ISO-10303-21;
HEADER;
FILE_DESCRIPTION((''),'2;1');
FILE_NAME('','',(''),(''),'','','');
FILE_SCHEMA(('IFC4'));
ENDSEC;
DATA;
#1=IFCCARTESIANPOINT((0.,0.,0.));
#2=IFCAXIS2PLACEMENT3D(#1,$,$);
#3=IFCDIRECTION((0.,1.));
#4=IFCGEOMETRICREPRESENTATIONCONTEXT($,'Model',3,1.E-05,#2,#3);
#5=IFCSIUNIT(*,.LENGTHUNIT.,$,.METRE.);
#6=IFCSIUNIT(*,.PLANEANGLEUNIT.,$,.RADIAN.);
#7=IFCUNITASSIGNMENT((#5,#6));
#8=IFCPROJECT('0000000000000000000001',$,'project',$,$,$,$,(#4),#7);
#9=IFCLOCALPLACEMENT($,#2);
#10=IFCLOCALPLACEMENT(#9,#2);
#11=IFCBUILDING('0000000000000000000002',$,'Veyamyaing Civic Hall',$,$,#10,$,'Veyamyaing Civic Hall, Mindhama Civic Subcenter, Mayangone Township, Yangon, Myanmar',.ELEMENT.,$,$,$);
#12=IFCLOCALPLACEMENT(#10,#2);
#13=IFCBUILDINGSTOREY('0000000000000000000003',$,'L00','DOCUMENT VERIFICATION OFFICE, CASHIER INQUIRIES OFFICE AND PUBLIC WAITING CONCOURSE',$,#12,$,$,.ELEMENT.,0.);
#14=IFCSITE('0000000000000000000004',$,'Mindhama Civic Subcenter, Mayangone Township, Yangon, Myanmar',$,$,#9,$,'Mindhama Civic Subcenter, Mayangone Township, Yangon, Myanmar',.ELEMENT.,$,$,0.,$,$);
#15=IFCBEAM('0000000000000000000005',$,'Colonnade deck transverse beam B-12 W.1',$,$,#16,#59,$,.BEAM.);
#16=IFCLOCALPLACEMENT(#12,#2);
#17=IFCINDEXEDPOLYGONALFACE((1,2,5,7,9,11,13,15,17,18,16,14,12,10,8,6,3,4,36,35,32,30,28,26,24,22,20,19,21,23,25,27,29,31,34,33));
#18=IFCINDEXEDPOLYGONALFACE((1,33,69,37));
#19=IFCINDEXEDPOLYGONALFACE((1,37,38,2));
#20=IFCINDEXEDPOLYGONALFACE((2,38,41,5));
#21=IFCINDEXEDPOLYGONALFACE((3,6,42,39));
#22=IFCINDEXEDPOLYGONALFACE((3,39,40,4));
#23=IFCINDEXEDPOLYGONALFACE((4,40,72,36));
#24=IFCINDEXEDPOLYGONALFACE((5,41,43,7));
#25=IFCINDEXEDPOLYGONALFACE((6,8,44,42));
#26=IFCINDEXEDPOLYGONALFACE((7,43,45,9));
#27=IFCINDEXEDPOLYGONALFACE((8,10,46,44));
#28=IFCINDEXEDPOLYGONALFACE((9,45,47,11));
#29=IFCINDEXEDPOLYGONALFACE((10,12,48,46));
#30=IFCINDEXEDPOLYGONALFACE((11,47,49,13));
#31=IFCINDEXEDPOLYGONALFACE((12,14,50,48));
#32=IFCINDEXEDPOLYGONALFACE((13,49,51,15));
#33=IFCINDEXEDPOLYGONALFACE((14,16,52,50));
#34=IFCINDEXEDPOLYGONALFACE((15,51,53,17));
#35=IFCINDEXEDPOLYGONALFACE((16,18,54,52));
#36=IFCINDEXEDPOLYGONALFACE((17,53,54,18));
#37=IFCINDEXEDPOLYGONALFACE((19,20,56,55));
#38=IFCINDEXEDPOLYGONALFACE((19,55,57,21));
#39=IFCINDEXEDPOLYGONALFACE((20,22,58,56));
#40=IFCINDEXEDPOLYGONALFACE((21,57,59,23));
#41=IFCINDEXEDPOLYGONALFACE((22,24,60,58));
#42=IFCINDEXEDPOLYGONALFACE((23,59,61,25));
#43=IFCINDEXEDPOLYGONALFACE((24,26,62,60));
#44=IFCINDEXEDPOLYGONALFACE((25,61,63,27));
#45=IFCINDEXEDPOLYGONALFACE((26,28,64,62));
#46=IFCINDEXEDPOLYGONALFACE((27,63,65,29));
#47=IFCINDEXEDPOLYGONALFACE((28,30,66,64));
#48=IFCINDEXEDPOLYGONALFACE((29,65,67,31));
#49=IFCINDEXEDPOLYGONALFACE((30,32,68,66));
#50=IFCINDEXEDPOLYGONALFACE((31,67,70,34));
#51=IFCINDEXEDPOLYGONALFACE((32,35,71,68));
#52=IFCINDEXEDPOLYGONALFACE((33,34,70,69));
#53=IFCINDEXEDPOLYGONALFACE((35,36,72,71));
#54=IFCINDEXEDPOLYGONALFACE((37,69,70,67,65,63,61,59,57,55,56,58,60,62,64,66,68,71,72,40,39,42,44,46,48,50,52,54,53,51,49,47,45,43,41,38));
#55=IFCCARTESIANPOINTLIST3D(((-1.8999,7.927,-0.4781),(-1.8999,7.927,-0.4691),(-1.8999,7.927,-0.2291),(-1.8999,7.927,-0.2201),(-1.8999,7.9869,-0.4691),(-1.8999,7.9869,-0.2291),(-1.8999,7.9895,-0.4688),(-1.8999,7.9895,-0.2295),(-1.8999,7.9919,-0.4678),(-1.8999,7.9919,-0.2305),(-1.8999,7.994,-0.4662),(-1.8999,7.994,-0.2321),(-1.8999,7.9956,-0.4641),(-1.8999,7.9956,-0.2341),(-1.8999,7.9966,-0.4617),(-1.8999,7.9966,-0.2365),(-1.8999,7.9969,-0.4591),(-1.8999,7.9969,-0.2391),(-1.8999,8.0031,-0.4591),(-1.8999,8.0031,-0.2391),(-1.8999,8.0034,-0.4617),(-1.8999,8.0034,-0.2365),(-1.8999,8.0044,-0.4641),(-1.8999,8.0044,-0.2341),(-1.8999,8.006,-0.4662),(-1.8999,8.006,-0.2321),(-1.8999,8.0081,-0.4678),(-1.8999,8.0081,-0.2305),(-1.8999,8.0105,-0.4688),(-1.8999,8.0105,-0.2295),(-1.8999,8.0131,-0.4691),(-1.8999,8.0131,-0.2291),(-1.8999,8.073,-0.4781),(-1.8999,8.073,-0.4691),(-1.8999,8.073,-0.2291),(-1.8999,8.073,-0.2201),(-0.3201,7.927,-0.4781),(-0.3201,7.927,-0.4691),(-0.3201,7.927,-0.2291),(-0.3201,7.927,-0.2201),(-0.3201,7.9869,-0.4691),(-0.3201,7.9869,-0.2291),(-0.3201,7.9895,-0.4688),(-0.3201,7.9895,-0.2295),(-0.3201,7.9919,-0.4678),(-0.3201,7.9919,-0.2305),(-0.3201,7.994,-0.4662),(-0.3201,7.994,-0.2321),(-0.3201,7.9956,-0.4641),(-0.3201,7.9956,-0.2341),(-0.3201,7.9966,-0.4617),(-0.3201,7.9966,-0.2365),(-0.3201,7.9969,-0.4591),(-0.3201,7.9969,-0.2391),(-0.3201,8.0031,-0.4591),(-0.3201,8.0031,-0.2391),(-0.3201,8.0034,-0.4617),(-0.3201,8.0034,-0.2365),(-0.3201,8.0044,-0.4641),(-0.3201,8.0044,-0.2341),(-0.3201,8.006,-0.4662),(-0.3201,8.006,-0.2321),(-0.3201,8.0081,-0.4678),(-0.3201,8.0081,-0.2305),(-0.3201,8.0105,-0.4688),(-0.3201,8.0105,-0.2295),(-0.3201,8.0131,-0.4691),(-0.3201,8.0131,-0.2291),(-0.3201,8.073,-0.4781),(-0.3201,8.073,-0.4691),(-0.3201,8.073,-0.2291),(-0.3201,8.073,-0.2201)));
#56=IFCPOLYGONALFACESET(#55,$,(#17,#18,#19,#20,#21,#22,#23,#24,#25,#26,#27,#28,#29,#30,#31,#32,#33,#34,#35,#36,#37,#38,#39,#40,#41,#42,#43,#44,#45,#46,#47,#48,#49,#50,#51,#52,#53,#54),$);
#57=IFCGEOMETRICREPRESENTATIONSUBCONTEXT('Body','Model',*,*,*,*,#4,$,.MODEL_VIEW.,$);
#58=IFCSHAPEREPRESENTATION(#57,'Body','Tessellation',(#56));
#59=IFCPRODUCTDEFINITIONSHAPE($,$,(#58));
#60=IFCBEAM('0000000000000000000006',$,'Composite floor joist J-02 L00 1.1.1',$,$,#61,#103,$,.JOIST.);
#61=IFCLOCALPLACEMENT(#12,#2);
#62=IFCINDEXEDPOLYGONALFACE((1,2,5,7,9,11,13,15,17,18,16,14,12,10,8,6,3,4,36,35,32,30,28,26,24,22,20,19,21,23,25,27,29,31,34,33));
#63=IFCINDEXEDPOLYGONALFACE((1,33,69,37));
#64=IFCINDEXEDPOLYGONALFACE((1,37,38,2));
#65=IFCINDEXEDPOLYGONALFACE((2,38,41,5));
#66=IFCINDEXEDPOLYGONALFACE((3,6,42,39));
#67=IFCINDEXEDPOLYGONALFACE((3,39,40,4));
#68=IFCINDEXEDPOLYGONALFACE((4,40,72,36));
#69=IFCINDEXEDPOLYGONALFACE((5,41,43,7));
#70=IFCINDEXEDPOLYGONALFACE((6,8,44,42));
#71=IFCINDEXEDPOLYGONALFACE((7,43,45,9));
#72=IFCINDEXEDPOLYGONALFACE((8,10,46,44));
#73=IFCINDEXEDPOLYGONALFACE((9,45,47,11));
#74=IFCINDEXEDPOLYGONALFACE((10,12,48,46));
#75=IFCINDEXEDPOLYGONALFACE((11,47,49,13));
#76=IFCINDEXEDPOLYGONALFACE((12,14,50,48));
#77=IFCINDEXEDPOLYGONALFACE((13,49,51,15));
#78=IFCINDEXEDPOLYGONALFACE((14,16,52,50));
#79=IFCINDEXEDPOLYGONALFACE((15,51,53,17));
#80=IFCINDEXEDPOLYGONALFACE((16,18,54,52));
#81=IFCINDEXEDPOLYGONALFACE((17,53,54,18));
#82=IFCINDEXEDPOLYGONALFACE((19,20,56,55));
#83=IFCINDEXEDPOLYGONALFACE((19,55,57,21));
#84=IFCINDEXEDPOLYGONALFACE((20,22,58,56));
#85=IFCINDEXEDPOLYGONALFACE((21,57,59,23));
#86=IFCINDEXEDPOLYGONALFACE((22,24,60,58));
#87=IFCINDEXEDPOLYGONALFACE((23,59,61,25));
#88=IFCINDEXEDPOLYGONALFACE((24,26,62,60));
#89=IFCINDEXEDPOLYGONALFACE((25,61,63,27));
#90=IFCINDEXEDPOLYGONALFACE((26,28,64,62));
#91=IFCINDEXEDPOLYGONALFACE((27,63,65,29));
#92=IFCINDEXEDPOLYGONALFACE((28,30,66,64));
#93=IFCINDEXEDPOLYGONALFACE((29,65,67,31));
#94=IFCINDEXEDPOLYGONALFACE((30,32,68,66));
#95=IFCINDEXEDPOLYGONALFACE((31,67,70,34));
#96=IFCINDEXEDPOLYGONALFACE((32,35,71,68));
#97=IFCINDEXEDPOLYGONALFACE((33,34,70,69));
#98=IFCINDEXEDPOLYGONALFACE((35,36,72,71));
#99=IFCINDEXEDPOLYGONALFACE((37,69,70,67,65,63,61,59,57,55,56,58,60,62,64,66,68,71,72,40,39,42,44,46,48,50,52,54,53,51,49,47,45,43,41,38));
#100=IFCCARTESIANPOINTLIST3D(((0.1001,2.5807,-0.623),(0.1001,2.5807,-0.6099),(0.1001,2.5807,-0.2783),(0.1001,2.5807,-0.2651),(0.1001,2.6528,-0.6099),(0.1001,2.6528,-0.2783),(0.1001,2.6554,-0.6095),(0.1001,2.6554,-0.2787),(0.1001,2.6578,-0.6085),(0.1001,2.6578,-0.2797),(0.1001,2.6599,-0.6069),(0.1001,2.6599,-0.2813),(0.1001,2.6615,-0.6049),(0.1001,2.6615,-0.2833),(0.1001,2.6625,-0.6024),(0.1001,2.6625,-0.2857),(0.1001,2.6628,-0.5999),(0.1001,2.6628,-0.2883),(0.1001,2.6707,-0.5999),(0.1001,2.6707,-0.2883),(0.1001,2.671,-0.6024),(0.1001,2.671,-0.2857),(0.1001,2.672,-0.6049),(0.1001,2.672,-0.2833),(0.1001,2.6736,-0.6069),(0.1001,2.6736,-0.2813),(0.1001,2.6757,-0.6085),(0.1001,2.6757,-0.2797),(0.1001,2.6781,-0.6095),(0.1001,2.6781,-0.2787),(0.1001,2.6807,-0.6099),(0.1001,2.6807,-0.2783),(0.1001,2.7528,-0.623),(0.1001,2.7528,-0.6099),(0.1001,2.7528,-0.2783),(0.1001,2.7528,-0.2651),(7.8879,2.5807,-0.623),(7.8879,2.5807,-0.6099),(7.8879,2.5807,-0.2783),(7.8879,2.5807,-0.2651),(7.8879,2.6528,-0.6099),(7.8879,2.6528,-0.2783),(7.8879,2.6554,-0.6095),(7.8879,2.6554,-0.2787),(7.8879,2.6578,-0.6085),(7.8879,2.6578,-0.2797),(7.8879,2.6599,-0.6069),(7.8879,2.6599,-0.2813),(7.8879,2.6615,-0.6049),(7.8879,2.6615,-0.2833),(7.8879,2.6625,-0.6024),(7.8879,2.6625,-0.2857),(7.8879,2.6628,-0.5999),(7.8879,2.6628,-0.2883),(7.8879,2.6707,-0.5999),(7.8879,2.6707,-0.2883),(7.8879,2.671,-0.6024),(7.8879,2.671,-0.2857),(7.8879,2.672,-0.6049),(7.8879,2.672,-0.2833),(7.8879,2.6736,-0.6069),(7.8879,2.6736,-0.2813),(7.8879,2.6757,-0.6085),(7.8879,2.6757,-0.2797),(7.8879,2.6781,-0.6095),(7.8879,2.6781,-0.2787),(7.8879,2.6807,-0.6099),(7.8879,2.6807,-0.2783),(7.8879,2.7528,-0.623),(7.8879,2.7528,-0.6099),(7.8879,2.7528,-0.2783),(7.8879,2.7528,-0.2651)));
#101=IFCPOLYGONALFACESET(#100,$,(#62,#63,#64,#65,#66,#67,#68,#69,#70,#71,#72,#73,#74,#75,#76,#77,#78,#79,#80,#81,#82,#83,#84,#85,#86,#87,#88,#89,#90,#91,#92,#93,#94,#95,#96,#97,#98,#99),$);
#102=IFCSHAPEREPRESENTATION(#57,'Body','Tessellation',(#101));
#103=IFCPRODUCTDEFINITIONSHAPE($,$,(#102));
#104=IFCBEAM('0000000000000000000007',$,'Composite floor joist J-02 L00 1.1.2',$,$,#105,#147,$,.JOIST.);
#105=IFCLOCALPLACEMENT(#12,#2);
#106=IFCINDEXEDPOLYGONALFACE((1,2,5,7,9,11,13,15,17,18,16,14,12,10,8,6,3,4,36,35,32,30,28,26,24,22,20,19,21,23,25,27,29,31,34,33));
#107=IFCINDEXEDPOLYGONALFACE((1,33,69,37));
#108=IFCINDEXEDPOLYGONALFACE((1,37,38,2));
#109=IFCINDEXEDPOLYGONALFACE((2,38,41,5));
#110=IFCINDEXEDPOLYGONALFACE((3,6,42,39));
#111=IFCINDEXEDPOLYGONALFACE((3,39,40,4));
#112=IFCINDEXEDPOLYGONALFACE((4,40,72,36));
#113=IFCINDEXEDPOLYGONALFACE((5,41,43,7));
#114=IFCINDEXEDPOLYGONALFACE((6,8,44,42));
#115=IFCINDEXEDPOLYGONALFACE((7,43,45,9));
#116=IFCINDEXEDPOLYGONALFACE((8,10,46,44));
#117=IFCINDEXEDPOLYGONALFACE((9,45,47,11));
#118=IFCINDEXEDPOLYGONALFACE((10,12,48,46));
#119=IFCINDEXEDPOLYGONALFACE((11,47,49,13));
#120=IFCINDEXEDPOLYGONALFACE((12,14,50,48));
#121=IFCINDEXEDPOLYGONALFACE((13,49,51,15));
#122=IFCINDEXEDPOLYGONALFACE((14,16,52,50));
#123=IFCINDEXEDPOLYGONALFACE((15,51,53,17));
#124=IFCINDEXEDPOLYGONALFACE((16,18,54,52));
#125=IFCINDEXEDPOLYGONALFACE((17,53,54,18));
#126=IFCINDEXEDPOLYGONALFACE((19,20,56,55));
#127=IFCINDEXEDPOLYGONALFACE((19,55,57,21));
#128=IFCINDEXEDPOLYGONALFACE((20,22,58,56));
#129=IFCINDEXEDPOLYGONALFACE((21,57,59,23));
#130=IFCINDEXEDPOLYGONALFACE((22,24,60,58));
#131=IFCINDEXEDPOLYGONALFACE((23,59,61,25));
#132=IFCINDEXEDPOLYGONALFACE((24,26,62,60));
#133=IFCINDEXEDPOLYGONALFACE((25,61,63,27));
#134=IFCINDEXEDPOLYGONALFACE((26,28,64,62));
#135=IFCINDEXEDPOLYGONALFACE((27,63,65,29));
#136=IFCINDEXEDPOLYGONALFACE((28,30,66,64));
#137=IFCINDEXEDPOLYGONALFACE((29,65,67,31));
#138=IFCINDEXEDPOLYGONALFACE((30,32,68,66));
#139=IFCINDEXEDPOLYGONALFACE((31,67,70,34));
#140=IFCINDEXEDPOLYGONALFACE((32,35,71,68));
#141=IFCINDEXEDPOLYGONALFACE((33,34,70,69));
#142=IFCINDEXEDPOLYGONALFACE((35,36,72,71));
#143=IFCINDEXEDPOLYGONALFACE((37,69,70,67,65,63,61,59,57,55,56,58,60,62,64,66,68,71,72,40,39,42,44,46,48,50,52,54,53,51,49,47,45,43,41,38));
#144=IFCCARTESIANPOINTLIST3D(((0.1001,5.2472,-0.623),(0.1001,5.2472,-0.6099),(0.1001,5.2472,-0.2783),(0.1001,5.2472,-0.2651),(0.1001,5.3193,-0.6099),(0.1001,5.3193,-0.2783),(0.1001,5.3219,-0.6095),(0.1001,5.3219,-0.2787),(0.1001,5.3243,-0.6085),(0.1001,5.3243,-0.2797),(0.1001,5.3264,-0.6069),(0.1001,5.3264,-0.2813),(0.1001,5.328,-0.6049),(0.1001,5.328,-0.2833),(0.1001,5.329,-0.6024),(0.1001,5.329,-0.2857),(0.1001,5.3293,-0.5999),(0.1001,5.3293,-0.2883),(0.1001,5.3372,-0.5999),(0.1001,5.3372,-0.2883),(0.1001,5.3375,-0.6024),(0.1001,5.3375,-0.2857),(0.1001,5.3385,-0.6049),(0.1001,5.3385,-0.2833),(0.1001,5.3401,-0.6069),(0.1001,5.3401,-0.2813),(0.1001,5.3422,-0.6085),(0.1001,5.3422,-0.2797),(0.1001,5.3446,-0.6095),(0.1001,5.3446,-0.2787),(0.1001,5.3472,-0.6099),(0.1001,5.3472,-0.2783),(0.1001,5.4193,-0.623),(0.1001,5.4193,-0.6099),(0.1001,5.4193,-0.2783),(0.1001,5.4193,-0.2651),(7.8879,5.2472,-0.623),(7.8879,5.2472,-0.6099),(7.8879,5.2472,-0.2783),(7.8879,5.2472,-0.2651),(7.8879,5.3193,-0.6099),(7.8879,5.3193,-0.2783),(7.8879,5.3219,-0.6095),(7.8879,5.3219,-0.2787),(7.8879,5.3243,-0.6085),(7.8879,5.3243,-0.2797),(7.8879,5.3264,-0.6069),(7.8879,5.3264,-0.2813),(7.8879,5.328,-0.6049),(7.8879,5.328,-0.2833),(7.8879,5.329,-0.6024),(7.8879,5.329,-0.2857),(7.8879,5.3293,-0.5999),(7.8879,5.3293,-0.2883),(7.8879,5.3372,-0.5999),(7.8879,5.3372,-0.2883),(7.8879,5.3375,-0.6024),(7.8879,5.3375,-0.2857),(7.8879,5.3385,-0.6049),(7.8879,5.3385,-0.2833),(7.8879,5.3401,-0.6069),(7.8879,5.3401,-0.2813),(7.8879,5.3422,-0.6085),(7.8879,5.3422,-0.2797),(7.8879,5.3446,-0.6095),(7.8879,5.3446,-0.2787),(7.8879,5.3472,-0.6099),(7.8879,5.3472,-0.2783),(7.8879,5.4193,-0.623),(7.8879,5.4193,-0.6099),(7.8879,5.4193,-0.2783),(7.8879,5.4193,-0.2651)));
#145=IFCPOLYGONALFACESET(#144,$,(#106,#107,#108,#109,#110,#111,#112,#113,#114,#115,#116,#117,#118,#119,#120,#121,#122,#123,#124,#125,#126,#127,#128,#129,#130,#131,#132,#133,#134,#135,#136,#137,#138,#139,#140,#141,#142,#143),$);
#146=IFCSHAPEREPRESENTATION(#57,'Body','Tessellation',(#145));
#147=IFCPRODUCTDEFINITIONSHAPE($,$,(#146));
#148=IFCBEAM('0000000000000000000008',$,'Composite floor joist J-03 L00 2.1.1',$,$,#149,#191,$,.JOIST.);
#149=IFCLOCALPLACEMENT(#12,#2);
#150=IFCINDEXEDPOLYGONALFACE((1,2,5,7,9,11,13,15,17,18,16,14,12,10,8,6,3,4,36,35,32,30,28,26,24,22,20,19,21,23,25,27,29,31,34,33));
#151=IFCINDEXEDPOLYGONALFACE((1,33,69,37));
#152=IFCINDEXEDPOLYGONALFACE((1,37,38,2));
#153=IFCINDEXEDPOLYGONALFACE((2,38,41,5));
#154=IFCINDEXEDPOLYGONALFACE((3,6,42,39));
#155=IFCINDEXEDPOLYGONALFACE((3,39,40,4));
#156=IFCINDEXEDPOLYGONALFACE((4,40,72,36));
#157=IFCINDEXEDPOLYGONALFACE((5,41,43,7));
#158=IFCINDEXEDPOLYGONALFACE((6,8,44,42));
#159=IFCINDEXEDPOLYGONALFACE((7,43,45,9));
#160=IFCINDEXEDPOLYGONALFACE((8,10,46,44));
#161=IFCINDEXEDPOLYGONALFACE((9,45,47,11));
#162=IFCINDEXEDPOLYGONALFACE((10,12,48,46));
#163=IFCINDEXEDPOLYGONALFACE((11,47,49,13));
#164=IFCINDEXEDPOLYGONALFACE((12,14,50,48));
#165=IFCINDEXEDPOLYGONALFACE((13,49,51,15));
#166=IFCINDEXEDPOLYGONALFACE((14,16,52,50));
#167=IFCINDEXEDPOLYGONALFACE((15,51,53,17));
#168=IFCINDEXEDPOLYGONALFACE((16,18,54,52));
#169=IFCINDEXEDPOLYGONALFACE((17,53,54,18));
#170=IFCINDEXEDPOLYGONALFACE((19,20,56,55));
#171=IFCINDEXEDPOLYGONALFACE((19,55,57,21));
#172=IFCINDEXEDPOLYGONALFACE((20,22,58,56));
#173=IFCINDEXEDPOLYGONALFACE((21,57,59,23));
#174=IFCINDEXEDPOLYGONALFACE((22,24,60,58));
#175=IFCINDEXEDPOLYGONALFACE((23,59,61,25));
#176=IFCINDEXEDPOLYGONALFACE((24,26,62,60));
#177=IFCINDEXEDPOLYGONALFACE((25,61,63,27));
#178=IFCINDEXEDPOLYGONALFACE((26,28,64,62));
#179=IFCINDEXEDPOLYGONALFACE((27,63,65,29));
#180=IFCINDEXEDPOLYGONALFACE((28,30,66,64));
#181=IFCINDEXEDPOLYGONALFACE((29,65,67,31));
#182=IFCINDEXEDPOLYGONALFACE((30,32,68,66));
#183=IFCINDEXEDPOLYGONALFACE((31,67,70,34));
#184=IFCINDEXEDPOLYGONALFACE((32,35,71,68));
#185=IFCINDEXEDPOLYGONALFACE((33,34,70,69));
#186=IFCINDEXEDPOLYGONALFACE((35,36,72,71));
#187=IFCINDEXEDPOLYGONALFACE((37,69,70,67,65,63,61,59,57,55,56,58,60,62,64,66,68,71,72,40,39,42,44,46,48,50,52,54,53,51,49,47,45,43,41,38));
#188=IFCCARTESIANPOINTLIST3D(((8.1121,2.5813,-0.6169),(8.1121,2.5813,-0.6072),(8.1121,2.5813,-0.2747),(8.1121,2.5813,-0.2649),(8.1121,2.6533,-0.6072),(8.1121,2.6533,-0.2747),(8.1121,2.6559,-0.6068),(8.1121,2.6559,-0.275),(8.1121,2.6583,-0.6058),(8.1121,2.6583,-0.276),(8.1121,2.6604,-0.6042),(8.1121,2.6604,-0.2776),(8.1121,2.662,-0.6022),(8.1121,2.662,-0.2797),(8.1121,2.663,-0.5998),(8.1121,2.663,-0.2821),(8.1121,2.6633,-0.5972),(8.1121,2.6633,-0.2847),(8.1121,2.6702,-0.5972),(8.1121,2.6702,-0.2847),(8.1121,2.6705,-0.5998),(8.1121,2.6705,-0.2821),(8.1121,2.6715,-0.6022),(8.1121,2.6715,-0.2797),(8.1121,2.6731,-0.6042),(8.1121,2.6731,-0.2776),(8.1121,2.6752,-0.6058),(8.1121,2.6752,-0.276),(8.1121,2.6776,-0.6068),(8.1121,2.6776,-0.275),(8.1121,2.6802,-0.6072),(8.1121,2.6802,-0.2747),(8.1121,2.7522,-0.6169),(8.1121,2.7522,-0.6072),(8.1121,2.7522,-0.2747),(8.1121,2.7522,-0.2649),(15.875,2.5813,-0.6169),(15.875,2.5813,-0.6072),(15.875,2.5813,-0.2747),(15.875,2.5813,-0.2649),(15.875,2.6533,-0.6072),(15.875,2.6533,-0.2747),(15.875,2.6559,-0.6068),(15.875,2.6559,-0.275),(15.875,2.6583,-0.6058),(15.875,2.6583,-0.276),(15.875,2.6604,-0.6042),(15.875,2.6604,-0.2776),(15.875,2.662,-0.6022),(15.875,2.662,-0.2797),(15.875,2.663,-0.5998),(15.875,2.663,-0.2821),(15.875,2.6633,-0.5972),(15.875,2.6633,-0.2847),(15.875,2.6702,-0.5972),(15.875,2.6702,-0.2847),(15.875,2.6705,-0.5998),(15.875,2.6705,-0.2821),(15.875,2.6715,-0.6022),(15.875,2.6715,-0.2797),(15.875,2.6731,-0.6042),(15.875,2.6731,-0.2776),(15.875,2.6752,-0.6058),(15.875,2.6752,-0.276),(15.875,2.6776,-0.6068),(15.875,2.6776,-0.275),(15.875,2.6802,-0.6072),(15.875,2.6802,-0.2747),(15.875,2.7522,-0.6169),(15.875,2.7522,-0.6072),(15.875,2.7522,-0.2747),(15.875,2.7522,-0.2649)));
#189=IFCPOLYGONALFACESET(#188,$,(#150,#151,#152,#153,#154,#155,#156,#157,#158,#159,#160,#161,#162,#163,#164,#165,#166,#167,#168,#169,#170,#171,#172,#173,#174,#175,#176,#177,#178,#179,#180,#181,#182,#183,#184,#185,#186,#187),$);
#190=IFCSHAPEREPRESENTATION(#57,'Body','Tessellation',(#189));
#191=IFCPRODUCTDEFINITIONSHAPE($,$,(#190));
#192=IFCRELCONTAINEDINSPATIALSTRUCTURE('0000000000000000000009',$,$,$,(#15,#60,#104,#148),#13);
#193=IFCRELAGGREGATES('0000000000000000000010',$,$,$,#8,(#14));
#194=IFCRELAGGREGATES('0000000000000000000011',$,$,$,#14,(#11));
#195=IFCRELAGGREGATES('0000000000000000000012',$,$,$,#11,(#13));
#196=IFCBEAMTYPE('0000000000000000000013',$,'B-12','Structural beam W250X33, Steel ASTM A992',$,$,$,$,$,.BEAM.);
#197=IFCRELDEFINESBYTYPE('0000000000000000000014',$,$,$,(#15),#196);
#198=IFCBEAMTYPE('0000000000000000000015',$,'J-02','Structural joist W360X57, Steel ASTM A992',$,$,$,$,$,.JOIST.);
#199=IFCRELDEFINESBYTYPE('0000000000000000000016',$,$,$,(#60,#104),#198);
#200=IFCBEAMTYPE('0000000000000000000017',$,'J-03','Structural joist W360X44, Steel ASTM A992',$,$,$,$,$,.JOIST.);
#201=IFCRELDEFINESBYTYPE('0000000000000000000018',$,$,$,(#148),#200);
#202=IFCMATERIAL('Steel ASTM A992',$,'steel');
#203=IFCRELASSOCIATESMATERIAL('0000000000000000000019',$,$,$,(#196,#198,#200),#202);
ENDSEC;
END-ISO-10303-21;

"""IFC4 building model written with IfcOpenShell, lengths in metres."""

from ifc_helpers import new_model, si_unit, direction, frame, origin, origin_2d, place, context, subcontext, project, spatial, i_section, extrude, material, material_profile, profile_set, type_object, element, save


model = new_model("IFC4")

# Units and contexts
model_context = context("Model", 3, precision=1e-05, world=origin(), true_north=direction((0.0, 1.0)))
body_context = subcontext(model_context, "Body", "Model", "MODEL_VIEW")
ifc_project = project(units=[si_unit("LENGTHUNIT", "METRE"), si_unit("PLANEANGLEUNIT", "RADIAN")], contexts=[model_context])

# Site, building, storey
site_placement = place(None, origin())
site = spatial("IfcSite", under=ifc_project, at=site_placement, Name="Mindhama Civic Subcenter, Mayangone Township, Yangon, Myanmar", LongName="Mindhama Civic Subcenter, Mayangone Township, Yangon, Myanmar", CompositionType="ELEMENT", RefElevation=0.0)
building_placement = place(site_placement, origin())
building = spatial("IfcBuilding", under=site, at=building_placement, Name="Veyamyaing Civic Hall", LongName="Veyamyaing Civic Hall, Mindhama Civic Subcenter, Mayangone Township, Yangon, Myanmar", CompositionType="ELEMENT")
storey_placement = place(building_placement, origin())
storey = spatial("IfcBuildingStorey", under=building, at=storey_placement, Name="L00", Description="DOCUMENT VERIFICATION OFFICE, CASHIER INQUIRIES OFFICE AND PUBLIC WAITING CONCOURSE", CompositionType="ELEMENT", Elevation=0.0)

# Beams
ifc_material_1 = material(Name="Steel ASTM A992", Category="steel")
ifc_material_profile_1 = material_profile(ifc_material_1, i_section(OverallWidth=0.146, OverallDepth=0.2581, WebThickness=0.0061, FlangeThickness=0.009, FilletRadius=0.01, at=origin_2d()), Name="W250X33")
ifc_profile_set_1 = profile_set([ifc_material_profile_1], Name="Steel ASTM A992")
beam_type_1 = type_object("IfcBeamType", Name="B-12", Description="Structural beam W250X33, Steel ASTM A992", PredefinedType="BEAM", material=ifc_profile_set_1)
beam_1_placement = place(storey_placement, frame((-1.8999, 8.0, -0.3491), z_axis=(1.0, 0.0, 0.0), x_axis=(0.0, 1.0, 0.0)))
element("IfcBeam", 1, at=beam_1_placement, inside=storey, type_object=beam_type_1, Name="Colonnade deck transverse beam B-12 W.1", PredefinedType="BEAM", context=body_context, shape_type="SweptSolid", body=[
    extrude(i_section(OverallWidth=0.146, OverallDepth=0.2581, WebThickness=0.0061, FlangeThickness=0.009, FilletRadius=0.01, at=origin_2d()), origin(), (0.0, 0.0, 1.0), 1.5798),
])
ifc_material_profile_2 = material_profile(ifc_material_1, i_section(OverallWidth=0.1721, OverallDepth=0.3579, WebThickness=0.0078, FlangeThickness=0.0132, FilletRadius=0.01, at=origin_2d()), Name="W360X57")
ifc_profile_set_2 = profile_set([ifc_material_profile_2], Name="Steel ASTM A992")
beam_type_2 = type_object("IfcBeamType", Name="J-02", Description="Structural joist W360X57, Steel ASTM A992", PredefinedType="JOIST", material=ifc_profile_set_2)
for number, where, z_axis, x_axis, name in (
    (2, (0.1001, 2.6667, -0.4441), (1.0, 0.0, 0.0), (0.0, 1.0, 0.0), "Composite floor joist J-02 L00 1.1.1"),
    (3, (0.1001, 5.3333, -0.4441), (1.0, 0.0, 0.0), (0.0, 1.0, 0.0), "Composite floor joist J-02 L00 1.1.2"),
):
    element("IfcBeam", number, at=place(storey_placement, frame(where, z_axis=z_axis, x_axis=x_axis)), inside=storey, type_object=beam_type_2, Name=name, PredefinedType="JOIST", context=body_context, shape_type="SweptSolid", body=[
        extrude(i_section(OverallWidth=0.1721, OverallDepth=0.3579, WebThickness=0.0078, FlangeThickness=0.0132, FilletRadius=0.01, at=origin_2d()), origin(), (0.0, 0.0, 1.0), 7.7878),
    ])
ifc_material_profile_3 = material_profile(ifc_material_1, i_section(OverallWidth=0.1709, OverallDepth=0.3521, WebThickness=0.0068, FlangeThickness=0.0098, FilletRadius=0.01, at=origin_2d()), Name="W360X44")
ifc_profile_set_3 = profile_set([ifc_material_profile_3], Name="Steel ASTM A992")
beam_type_3 = type_object("IfcBeamType", Name="J-03", Description="Structural joist W360X44, Steel ASTM A992", PredefinedType="JOIST", material=ifc_profile_set_3)
for number, where, z_axis, x_axis, name in (
    (4, (8.1121, 2.6667, -0.4409), (1.0, 0.0, 0.0), (0.0, 1.0, 0.0), "Composite floor joist J-03 L00 2.1.1"),
):
    element("IfcBeam", number, at=place(storey_placement, frame(where, z_axis=z_axis, x_axis=x_axis)), inside=storey, type_object=beam_type_3, Name=name, PredefinedType="JOIST", context=body_context, shape_type="SweptSolid", body=[
        extrude(i_section(OverallWidth=0.1709, OverallDepth=0.3521, WebThickness=0.0068, FlangeThickness=0.0098, FilletRadius=0.01, at=origin_2d()), origin(), (0.0, 0.0, 1.0), 7.7629),
    ])

save(model, "model.ifc")
